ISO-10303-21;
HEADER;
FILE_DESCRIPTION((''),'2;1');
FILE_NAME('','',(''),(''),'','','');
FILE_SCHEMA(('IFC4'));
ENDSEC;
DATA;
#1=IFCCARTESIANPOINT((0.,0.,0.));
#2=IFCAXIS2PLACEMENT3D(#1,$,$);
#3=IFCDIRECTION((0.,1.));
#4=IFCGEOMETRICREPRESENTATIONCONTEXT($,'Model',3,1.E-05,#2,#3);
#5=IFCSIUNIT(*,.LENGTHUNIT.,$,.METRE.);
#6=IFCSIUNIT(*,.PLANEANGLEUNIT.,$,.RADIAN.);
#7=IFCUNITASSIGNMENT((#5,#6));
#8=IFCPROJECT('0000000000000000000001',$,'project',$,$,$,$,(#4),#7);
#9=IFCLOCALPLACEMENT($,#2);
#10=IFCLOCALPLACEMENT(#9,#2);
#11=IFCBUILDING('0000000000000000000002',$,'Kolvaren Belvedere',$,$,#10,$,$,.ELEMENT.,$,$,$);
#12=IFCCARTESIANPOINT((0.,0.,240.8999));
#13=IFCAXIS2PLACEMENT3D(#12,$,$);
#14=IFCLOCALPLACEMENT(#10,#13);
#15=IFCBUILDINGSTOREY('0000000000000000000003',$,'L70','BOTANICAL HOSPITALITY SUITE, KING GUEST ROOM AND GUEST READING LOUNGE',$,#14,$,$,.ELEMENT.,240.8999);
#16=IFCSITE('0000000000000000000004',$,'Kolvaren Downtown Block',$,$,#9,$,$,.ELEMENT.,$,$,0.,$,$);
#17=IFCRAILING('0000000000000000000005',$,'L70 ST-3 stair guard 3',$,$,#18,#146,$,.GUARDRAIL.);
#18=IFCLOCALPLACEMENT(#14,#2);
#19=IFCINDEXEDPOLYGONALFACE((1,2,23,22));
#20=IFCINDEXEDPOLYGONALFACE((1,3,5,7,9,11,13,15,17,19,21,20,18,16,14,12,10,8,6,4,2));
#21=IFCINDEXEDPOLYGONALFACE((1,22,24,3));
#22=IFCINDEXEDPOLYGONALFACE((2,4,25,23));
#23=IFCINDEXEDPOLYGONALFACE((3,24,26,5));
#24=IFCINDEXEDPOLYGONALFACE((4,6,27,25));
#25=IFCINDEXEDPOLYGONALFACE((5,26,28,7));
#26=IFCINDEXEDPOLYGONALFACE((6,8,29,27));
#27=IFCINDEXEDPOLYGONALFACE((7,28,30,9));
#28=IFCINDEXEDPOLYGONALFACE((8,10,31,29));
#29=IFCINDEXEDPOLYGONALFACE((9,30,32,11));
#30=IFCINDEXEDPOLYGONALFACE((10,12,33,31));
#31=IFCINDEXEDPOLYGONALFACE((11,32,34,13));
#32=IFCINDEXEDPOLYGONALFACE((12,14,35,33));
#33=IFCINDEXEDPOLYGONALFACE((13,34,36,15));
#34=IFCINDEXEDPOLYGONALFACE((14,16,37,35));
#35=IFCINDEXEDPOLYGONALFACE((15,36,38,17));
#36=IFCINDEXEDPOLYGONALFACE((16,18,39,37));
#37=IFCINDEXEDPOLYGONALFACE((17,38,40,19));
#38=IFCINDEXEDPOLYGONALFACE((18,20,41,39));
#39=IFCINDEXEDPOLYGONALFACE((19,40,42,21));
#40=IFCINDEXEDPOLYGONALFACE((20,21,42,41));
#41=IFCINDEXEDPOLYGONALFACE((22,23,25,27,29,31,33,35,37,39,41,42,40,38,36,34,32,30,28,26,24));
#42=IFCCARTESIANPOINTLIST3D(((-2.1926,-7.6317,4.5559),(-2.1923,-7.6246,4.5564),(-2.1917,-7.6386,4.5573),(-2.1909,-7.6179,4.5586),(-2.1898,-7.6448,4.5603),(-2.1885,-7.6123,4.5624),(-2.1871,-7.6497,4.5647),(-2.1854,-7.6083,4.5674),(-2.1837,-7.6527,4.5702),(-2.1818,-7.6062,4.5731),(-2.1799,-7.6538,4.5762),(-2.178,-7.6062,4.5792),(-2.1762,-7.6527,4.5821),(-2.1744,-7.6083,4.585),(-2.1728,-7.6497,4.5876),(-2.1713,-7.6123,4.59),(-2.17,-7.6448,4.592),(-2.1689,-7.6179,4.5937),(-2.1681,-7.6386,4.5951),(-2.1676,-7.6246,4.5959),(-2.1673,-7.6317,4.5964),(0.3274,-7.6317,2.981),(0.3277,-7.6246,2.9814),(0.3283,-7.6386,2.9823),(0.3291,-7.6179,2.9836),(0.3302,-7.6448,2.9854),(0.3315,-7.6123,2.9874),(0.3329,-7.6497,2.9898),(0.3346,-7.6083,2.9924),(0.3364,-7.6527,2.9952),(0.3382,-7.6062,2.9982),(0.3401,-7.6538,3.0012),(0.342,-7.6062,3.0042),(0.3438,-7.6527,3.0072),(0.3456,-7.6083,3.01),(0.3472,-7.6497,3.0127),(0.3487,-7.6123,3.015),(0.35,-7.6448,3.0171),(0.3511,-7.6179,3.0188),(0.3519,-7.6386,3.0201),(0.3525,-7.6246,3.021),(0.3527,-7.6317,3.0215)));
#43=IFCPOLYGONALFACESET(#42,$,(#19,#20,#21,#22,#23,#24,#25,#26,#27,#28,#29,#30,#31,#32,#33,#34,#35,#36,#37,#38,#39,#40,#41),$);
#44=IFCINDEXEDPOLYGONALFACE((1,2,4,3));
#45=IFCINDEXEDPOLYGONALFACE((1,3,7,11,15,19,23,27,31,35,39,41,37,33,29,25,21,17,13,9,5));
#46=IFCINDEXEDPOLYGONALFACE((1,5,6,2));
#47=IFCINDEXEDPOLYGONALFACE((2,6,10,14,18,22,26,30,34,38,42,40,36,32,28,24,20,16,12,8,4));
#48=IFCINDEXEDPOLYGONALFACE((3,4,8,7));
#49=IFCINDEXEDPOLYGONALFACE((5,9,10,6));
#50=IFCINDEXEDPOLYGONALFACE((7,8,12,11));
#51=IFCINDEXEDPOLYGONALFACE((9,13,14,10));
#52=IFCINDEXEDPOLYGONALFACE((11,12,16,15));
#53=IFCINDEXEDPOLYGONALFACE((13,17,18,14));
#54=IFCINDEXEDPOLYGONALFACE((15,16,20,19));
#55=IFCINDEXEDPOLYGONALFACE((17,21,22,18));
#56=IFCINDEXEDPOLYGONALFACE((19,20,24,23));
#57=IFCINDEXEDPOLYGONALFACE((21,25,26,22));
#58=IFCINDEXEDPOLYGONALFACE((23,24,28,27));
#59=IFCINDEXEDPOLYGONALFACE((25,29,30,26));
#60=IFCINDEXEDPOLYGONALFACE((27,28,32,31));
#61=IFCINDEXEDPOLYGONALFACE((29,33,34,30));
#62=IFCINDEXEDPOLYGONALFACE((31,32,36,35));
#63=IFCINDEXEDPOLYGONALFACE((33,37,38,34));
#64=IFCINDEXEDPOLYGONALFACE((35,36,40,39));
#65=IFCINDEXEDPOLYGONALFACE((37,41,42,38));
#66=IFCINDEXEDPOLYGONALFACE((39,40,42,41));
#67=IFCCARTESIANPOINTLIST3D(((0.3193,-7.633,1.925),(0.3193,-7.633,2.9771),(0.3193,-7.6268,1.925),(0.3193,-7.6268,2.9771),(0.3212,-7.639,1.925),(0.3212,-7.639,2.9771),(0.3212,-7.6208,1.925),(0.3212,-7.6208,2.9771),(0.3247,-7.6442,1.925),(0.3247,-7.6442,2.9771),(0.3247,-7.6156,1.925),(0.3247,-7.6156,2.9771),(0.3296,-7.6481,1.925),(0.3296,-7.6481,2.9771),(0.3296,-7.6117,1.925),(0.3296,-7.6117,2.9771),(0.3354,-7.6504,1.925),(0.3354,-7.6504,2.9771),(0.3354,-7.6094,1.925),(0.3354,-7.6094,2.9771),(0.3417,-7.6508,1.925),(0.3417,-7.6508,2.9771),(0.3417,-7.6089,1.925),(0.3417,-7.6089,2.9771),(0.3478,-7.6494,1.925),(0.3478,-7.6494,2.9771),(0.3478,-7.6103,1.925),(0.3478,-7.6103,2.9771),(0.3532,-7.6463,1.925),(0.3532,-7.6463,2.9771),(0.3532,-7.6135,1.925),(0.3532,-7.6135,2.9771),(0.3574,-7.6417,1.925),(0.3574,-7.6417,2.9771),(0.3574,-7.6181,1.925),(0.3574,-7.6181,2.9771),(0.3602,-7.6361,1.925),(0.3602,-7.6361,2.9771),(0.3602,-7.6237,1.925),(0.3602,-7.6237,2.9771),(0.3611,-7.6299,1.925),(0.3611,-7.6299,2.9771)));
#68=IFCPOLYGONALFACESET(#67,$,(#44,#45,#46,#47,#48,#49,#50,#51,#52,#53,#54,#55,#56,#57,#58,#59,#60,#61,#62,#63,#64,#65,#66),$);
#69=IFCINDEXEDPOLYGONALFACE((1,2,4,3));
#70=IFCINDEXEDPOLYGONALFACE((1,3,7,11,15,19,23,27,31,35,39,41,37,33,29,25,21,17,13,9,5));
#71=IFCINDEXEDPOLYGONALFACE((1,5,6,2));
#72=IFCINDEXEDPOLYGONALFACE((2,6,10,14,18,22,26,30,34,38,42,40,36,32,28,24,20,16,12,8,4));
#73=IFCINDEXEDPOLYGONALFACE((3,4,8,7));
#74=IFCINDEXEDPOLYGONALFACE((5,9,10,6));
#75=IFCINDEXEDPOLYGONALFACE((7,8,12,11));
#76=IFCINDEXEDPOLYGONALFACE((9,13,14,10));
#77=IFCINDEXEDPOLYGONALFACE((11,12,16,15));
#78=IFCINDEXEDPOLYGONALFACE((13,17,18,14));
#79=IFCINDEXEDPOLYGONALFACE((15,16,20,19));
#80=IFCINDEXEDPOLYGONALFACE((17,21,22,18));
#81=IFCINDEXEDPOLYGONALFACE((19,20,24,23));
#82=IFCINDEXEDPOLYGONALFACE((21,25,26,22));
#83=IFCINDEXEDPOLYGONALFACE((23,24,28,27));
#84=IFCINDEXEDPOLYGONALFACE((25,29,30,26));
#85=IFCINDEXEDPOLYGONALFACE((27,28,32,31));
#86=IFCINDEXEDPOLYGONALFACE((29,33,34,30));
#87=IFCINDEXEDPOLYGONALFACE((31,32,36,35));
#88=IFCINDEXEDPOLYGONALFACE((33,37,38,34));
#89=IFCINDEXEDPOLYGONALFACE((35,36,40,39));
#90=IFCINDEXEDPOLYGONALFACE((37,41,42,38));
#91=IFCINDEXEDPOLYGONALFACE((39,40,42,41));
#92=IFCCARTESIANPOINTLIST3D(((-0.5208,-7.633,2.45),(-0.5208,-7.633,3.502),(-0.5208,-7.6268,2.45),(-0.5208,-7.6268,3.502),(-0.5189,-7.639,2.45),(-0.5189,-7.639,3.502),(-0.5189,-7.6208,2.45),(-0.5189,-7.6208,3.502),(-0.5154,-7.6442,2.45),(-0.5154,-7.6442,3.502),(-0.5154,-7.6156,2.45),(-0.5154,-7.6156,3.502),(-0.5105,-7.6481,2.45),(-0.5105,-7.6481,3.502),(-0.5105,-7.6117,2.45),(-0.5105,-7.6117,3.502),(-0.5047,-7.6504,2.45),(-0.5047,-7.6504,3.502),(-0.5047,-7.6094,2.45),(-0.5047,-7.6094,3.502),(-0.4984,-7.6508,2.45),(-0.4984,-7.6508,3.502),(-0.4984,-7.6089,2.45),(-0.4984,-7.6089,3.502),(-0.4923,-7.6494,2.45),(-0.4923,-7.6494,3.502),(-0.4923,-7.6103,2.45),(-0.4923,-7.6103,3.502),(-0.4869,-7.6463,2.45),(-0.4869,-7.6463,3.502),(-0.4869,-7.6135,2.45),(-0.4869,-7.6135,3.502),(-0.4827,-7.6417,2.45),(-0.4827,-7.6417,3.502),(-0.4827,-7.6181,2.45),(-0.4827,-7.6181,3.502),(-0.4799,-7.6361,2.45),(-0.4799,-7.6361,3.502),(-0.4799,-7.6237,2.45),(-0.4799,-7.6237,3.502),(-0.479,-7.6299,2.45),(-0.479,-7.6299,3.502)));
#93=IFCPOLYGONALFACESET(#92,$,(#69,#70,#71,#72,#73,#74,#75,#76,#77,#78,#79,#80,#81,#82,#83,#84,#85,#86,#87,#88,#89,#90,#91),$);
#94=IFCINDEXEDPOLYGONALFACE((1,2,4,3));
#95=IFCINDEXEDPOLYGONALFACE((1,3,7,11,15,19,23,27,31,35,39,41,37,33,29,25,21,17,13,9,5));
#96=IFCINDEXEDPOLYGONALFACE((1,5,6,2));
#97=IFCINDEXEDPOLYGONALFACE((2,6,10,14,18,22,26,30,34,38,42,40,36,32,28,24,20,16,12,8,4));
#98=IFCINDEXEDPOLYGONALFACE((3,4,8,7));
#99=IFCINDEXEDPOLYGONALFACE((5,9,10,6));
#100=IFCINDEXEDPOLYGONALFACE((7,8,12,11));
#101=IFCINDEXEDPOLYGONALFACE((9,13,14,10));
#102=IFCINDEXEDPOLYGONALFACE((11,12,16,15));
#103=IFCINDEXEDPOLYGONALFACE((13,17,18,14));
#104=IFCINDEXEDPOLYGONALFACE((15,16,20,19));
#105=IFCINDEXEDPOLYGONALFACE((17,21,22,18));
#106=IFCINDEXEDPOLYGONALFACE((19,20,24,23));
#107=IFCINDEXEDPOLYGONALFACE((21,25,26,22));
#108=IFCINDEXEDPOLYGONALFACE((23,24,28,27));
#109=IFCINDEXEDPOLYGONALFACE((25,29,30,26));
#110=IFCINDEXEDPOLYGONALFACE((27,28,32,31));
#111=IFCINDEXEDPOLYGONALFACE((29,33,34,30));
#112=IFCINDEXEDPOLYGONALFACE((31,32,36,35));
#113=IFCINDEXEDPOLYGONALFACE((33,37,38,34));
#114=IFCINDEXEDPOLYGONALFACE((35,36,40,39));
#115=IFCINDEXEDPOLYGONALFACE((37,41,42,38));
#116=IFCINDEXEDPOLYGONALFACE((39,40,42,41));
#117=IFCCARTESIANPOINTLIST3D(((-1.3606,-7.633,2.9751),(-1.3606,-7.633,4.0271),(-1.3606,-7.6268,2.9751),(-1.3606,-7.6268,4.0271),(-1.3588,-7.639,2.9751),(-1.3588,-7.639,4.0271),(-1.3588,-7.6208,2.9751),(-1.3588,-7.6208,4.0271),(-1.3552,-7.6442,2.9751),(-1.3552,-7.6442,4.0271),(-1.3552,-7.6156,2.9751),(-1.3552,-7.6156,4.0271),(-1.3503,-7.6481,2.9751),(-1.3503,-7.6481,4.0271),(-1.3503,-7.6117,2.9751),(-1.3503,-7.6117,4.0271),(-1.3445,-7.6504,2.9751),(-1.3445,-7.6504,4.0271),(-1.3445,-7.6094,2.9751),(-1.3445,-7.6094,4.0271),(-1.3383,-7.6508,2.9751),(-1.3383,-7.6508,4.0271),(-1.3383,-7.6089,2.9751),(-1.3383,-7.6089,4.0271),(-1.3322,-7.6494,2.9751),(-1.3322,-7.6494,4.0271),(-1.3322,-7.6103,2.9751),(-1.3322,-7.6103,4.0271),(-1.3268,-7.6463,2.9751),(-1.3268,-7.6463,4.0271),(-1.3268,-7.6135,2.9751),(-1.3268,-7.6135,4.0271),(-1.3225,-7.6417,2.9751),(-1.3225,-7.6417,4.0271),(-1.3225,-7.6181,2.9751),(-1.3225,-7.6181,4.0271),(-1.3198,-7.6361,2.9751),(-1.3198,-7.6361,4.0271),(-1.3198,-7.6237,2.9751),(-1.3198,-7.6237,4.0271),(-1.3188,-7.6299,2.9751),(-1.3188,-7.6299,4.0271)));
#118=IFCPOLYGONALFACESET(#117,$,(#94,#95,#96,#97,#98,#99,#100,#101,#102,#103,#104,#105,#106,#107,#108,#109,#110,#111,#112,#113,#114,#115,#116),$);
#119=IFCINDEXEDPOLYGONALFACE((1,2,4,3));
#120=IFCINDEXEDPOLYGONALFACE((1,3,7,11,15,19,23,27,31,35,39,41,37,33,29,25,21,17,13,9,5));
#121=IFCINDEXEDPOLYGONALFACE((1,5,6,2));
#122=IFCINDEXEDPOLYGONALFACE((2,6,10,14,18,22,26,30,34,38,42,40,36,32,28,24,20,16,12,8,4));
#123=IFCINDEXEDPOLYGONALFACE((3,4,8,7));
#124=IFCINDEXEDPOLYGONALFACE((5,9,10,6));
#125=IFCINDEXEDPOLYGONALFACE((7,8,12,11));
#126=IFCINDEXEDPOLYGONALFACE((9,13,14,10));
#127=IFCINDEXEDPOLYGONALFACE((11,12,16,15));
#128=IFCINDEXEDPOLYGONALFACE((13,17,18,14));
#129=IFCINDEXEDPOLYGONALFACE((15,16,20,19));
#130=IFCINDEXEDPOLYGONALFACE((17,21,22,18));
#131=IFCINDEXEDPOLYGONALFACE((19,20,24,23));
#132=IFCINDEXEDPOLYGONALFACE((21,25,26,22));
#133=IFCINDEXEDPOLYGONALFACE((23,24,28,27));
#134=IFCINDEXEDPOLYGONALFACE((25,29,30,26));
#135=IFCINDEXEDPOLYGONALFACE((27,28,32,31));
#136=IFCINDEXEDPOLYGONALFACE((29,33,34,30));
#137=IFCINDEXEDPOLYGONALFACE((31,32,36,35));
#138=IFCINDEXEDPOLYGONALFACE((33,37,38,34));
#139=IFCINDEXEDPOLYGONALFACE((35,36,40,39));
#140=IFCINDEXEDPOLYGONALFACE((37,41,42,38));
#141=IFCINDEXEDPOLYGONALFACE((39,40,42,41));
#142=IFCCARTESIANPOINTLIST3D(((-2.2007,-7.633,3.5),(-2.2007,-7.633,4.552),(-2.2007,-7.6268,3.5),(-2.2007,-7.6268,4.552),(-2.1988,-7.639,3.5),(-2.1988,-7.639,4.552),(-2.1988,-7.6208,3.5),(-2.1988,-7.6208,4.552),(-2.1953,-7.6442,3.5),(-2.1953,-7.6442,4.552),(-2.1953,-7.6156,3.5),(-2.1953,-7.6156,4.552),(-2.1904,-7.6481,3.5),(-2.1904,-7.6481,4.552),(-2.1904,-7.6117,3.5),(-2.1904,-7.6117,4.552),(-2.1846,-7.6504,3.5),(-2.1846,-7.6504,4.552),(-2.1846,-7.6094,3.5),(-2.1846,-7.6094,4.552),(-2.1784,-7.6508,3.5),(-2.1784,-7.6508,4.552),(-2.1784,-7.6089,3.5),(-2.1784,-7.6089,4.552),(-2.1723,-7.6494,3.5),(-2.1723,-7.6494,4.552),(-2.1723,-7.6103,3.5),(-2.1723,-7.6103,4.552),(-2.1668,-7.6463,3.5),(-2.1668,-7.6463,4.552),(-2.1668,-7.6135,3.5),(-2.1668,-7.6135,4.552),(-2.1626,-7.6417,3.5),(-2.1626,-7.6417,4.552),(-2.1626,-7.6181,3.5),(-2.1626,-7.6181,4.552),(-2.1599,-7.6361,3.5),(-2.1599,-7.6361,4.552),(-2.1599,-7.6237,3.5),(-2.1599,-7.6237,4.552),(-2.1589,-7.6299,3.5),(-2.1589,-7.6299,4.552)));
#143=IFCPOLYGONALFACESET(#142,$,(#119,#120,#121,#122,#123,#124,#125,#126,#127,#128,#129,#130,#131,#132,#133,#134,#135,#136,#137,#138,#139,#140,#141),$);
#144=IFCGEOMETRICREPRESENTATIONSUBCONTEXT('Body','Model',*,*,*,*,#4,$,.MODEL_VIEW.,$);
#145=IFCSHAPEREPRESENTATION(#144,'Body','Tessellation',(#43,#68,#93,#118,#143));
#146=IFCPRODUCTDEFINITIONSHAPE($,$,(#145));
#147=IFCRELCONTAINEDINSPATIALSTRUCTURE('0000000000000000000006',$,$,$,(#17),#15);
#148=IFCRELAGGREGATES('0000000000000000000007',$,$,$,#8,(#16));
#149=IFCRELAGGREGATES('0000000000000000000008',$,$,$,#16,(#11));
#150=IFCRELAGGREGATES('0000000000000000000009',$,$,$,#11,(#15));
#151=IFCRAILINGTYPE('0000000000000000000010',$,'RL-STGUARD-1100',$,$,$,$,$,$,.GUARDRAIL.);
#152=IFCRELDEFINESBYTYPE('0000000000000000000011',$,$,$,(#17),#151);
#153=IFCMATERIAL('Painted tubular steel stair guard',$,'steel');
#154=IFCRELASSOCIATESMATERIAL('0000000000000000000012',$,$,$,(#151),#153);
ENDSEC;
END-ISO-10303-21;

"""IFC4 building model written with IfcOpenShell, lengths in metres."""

from ifc_helpers import new_model, si_unit, direction, frame, origin, origin_2d, place, context, subcontext, project, spatial, circle, extrude, material, type_object, element, save


model = new_model("IFC4")

# Units and contexts
model_context = context("Model", 3, precision=1e-05, world=origin(), true_north=direction((0.0, 1.0)))
body_context = subcontext(model_context, "Body", "Model", "MODEL_VIEW")
ifc_project = project(units=[si_unit("LENGTHUNIT", "METRE"), si_unit("PLANEANGLEUNIT", "RADIAN")], contexts=[model_context])

# Site, building, storey
site_placement = place(None, origin())
site = spatial("IfcSite", under=ifc_project, at=site_placement, Name="Kolvaren Downtown Block", CompositionType="ELEMENT", RefElevation=0.0)
building_placement = place(site_placement, origin())
building = spatial("IfcBuilding", under=site, at=building_placement, Name="Kolvaren Belvedere", CompositionType="ELEMENT")
storey_placement = place(building_placement, frame((0.0, 0.0, 240.8999)))
storey = spatial("IfcBuildingStorey", under=building, at=storey_placement, Name="L70", Description="BOTANICAL HOSPITALITY SUITE, KING GUEST ROOM AND GUEST READING LOUNGE", CompositionType="ELEMENT", Elevation=240.8999)

# Railing
ifc_material_1 = material(Name="Painted tubular steel stair guard", Category="steel")
railing_type_1 = type_object("IfcRailingType", Name="RL-STGUARD-1100", PredefinedType="GUARDRAIL", material=ifc_material_1)
railing_1_placement = place(storey_placement, frame((0.3401, -7.6299, 1.925)))
element("IfcRailing", 1, at=railing_1_placement, inside=storey, type_object=railing_type_1, Name="L70 ST-3 stair guard 3", PredefinedType="GUARDRAIL", context=body_context, shape_type="SweptSolid", body=[
    extrude(circle(Radius=0.0239, at=origin_2d()), frame((0.0, 0.0, 1.0762), z_axis=(-0.848008, 0.0, 0.529984), x_axis=(0.0, -1.0, 0.0)), (0.0, 0.0, 1.0), 2.9717),
    extrude(circle(Radius=0.021, at=origin_2d()), origin(), (0.0, 0.0, 1.0), 1.052),
    extrude(circle(Radius=0.021, at=origin_2d()), frame((-0.8401, 0.0, 0.5249)), (0.0, 0.0, 1.0), 1.052),
    extrude(circle(Radius=0.021, at=origin_2d()), frame((-1.6799, 0.0, 1.05)), (0.0, 0.0, 1.0), 1.052),
    extrude(circle(Radius=0.021, at=origin_2d()), frame((-2.52, 0.0, 1.575)), (0.0, 0.0, 1.0), 1.052),
])

save(model, "model.ifc")
